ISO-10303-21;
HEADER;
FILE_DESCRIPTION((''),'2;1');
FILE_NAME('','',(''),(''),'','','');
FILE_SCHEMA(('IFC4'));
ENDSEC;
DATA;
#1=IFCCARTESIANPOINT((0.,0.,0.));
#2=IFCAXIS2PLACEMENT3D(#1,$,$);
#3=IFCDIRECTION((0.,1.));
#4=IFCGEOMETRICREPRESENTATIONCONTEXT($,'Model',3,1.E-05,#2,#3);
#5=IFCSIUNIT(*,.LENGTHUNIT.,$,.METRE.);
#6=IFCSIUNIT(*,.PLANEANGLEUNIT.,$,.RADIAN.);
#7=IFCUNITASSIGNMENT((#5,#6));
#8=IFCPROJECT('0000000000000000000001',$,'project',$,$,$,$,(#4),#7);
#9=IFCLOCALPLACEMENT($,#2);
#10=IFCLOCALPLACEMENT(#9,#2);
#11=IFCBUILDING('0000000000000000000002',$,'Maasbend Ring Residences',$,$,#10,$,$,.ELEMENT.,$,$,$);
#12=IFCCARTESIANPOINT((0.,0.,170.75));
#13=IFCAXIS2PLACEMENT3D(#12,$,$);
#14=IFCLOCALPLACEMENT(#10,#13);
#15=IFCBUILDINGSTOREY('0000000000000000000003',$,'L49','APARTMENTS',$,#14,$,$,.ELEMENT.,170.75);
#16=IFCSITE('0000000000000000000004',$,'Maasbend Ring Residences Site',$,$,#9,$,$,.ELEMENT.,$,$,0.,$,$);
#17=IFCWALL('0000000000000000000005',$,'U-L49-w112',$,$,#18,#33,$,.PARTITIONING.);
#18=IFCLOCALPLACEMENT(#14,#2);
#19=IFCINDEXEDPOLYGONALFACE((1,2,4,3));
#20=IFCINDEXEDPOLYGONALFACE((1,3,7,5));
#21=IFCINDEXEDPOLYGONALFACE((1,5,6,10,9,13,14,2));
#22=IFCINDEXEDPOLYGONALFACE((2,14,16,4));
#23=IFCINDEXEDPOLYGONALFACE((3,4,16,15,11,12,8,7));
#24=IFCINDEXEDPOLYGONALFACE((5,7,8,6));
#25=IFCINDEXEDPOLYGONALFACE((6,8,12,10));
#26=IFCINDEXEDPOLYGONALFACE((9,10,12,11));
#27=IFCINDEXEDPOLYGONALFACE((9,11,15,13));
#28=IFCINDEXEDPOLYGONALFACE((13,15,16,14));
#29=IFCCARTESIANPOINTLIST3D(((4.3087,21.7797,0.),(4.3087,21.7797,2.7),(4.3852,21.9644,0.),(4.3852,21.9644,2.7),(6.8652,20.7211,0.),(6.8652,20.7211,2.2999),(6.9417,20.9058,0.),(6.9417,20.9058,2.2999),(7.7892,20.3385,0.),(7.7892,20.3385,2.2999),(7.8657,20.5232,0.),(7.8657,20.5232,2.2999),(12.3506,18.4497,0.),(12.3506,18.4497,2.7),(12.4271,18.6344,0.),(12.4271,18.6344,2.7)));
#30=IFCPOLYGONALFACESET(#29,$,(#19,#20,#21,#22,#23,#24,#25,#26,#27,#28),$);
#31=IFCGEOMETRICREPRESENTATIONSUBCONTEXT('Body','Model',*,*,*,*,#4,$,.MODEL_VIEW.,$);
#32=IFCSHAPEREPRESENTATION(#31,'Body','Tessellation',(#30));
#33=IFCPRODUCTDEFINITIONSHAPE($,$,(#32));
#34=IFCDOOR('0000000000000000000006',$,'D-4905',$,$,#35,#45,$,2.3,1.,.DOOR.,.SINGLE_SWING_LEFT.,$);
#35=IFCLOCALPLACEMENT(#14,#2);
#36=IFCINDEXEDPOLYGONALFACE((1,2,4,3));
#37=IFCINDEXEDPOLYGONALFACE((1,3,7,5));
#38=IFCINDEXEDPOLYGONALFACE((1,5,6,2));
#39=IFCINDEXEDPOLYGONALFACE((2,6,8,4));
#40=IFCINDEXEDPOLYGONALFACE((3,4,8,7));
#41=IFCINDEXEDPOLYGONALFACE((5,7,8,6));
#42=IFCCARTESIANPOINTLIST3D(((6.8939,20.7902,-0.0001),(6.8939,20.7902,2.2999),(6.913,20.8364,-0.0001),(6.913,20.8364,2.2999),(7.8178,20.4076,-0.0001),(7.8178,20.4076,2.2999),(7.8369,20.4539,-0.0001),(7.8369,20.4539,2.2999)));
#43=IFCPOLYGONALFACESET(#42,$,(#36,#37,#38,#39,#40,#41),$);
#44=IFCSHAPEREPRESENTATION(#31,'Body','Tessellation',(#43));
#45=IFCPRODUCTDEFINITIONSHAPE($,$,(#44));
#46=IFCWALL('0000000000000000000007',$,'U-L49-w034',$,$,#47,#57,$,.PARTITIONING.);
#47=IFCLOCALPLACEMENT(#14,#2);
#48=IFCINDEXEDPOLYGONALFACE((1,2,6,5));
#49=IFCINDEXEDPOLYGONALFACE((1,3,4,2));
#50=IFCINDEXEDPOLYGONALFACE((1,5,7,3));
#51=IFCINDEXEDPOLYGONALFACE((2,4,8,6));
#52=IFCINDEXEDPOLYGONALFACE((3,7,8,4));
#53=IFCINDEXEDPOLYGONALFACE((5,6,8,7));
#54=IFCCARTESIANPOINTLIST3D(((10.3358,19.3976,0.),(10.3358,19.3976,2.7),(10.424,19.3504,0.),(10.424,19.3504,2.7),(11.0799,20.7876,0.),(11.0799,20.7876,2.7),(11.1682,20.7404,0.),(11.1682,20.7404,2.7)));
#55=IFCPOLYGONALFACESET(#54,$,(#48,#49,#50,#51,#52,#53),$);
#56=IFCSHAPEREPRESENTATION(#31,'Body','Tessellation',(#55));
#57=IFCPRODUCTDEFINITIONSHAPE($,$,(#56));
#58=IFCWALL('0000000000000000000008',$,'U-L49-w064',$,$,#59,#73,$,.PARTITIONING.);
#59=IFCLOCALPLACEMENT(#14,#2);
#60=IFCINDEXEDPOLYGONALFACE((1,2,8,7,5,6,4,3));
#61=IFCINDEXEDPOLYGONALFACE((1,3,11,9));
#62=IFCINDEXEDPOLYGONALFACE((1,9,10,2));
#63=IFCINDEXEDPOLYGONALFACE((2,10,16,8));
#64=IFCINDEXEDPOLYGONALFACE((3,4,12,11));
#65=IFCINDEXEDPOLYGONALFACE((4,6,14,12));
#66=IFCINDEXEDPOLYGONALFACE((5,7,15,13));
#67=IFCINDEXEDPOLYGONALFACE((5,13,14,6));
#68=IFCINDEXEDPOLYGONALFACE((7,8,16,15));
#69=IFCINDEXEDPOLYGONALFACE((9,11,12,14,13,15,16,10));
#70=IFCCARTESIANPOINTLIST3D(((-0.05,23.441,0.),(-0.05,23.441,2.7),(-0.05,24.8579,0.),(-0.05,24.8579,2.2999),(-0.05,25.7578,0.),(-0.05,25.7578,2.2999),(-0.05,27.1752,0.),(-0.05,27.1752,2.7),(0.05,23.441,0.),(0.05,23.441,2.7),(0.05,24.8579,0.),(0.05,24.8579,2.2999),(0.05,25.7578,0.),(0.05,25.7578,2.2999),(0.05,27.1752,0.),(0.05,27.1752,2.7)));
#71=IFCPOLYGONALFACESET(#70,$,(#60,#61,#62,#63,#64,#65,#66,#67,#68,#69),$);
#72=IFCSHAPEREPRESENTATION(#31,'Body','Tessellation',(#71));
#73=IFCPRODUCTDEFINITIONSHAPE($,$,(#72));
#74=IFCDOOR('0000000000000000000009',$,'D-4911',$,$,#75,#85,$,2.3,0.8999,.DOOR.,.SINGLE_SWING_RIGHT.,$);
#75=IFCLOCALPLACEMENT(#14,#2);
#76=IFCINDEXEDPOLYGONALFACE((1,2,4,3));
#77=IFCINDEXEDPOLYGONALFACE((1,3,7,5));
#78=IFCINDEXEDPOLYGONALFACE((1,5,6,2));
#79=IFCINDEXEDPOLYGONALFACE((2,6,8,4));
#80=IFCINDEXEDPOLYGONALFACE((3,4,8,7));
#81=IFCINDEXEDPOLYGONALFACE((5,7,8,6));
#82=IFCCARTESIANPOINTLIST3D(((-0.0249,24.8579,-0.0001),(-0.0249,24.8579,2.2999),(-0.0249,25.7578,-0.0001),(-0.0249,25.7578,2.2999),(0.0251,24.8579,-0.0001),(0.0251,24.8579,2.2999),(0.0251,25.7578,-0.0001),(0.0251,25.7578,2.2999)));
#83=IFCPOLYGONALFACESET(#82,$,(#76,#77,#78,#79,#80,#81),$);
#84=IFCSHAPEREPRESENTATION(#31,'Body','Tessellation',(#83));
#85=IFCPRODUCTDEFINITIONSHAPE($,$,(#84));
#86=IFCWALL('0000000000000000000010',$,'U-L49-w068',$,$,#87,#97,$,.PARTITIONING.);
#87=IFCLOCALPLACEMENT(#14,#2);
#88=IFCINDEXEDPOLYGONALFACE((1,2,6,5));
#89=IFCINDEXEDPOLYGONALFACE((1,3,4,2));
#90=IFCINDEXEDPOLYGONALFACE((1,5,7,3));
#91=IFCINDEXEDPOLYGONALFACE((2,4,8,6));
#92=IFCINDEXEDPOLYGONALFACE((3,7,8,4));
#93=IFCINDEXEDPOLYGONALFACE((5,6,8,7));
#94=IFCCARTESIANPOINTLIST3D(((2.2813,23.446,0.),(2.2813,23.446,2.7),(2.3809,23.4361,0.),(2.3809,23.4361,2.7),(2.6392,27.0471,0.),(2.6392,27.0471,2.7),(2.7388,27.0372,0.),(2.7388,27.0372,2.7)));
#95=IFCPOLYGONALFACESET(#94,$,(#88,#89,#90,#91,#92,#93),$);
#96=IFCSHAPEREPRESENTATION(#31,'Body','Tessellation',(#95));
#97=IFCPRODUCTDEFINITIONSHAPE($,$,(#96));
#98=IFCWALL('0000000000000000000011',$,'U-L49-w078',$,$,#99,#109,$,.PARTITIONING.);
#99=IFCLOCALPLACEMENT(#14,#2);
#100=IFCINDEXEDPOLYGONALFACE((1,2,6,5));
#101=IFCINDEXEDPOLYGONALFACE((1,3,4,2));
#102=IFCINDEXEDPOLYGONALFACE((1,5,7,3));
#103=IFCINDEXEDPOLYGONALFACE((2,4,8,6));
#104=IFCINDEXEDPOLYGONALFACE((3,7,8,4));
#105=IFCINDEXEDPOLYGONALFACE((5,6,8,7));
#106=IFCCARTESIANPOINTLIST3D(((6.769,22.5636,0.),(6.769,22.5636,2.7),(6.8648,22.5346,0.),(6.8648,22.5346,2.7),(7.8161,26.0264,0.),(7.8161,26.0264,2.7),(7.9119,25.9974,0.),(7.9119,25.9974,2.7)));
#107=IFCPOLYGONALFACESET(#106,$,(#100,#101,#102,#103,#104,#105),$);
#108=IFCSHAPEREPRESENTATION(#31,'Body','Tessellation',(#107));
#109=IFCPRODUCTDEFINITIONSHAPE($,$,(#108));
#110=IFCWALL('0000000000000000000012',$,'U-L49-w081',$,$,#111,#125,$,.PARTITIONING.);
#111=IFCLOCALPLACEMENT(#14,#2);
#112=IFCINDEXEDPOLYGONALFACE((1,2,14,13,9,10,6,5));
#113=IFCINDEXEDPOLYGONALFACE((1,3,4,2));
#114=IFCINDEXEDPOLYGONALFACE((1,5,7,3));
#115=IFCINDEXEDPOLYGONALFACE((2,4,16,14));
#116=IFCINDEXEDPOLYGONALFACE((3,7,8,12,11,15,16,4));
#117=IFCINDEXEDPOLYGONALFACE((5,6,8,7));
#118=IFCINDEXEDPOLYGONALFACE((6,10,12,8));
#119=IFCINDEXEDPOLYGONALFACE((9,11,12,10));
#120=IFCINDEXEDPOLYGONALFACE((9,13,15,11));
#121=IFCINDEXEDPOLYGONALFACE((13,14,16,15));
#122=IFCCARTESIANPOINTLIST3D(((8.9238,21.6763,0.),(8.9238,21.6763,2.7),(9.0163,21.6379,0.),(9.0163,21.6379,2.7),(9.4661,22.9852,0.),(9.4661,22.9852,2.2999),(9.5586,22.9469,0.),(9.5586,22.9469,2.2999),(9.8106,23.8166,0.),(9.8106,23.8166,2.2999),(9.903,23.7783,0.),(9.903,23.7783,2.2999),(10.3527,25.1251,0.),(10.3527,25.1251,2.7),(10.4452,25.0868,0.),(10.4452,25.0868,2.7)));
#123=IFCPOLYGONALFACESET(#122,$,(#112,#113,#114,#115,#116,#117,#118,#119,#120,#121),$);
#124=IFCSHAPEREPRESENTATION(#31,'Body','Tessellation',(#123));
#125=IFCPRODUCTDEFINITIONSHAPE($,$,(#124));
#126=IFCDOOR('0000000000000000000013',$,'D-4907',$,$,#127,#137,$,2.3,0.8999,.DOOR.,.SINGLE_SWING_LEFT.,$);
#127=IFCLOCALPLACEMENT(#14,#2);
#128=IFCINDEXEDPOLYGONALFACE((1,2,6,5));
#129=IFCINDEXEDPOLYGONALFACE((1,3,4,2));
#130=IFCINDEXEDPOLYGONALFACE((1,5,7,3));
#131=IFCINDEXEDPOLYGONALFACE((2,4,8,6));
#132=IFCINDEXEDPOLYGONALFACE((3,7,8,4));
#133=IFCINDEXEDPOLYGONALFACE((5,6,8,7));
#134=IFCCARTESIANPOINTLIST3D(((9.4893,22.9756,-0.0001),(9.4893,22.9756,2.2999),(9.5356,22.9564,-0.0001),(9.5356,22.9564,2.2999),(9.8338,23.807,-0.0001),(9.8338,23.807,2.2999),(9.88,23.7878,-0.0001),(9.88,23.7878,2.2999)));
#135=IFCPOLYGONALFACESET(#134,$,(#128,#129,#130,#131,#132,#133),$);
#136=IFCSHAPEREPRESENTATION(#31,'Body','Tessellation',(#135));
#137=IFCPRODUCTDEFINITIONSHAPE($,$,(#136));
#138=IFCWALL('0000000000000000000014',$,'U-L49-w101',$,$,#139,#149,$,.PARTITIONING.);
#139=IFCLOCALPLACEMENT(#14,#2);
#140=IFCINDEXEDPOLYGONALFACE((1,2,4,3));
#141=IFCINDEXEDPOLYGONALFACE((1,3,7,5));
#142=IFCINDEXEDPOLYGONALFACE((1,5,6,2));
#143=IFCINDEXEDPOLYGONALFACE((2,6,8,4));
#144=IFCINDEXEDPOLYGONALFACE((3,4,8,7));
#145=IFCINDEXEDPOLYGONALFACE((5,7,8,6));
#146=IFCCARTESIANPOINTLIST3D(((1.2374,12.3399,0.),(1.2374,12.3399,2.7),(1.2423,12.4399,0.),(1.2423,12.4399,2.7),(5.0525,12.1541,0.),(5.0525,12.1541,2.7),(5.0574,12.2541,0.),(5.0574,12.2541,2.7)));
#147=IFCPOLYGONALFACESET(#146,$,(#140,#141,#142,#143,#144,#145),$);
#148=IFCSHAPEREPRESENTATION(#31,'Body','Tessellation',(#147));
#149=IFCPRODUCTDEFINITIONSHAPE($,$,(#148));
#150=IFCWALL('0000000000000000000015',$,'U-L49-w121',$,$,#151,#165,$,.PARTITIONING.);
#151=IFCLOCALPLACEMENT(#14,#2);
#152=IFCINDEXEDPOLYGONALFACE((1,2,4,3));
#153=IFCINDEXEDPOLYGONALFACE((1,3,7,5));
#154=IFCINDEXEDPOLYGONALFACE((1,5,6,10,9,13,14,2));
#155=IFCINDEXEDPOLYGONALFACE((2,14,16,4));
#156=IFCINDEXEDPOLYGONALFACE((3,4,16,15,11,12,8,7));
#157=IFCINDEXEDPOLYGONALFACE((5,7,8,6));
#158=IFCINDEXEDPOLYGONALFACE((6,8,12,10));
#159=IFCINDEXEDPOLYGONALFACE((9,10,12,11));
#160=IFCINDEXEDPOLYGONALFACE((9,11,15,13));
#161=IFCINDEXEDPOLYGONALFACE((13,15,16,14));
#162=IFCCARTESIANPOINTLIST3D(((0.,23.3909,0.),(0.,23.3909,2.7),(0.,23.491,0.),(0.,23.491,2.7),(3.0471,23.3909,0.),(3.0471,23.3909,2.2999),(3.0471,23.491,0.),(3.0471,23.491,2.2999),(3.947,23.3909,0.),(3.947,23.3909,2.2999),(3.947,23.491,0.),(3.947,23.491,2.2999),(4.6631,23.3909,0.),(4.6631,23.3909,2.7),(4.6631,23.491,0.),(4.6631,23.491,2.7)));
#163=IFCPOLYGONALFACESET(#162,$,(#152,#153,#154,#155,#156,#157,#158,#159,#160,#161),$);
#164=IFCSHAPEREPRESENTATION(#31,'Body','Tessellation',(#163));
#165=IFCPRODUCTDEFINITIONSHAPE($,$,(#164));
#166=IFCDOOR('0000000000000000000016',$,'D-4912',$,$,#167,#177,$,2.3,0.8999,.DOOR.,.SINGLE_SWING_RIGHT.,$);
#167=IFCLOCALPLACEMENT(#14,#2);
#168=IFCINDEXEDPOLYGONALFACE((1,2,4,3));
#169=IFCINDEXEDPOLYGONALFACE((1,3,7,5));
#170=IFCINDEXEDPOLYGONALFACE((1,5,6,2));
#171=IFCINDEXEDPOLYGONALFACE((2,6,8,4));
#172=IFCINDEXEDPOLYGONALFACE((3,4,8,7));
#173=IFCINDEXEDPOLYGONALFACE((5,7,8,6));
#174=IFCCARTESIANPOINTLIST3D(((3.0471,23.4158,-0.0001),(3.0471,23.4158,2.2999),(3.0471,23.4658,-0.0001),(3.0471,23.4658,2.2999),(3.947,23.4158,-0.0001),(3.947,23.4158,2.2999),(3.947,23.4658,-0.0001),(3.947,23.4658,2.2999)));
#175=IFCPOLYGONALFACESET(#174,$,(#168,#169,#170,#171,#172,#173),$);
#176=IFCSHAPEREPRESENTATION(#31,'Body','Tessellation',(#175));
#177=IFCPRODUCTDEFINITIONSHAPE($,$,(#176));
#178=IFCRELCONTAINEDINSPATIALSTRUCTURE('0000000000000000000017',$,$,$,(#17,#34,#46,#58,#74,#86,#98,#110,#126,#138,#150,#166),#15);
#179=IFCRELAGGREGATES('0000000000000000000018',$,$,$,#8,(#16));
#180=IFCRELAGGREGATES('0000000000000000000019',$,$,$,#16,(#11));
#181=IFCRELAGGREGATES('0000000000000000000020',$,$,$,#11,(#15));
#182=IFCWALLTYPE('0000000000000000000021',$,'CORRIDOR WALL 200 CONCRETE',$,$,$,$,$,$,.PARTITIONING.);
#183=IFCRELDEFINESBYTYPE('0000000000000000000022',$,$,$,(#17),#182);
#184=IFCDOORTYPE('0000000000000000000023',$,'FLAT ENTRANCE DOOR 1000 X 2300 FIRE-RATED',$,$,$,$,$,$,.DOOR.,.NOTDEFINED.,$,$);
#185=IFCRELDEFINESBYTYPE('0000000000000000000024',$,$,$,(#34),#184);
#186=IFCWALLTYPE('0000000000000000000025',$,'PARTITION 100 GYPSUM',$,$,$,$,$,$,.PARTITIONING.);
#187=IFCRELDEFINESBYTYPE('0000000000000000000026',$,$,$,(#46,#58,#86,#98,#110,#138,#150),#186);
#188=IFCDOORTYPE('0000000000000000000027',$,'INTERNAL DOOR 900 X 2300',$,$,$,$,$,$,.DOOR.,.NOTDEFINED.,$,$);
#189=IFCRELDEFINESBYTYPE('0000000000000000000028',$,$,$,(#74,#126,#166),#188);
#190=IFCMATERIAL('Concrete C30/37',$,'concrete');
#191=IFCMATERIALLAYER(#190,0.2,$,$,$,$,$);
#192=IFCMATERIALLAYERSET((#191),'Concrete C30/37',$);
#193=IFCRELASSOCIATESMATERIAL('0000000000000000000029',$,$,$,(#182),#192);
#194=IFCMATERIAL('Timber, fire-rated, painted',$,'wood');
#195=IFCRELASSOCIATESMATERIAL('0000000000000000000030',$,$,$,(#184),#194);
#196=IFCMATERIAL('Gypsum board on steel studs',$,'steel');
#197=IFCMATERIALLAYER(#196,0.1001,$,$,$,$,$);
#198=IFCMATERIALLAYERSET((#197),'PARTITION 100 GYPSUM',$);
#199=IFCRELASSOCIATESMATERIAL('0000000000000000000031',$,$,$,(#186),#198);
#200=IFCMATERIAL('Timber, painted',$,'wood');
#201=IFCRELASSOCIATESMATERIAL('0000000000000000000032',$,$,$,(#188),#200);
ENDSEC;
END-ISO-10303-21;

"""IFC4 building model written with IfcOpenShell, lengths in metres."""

from ifc_helpers import new_model, si_unit, direction, frame, frame_2d, origin, place, context, subcontext, project, spatial, rectangle, extrude, material, layer, layer_set, type_object, element, fill, save


model = new_model("IFC4")

# Units and contexts
model_context = context("Model", 3, precision=1e-05, world=origin(), true_north=direction((0.0, 1.0)))
body_context = subcontext(model_context, "Body", "Model", "MODEL_VIEW")
ifc_project = project(units=[si_unit("LENGTHUNIT", "METRE"), si_unit("PLANEANGLEUNIT", "RADIAN")], contexts=[model_context])

# Site, building, storey
site_placement = place(None, origin())
site = spatial("IfcSite", under=ifc_project, at=site_placement, Name="Maasbend Ring Residences Site", CompositionType="ELEMENT", RefElevation=0.0)
building_placement = place(site_placement, origin())
building = spatial("IfcBuilding", under=site, at=building_placement, Name="Maasbend Ring Residences", CompositionType="ELEMENT")
storey_placement = place(building_placement, frame((0.0, 0.0, 170.75)))
storey = spatial("IfcBuildingStorey", under=building, at=storey_placement, Name="L49", Description="APARTMENTS", CompositionType="ELEMENT", Elevation=170.75)

# Wall, opening, door
ifc_material_1 = material(Name="Concrete C30/37", Category="concrete")
ifc_layer_1 = layer(ifc_material_1, 0.2)
ifc_layer_set_1 = layer_set([ifc_layer_1], Name="Concrete C30/37")
wall_type_1 = type_object("IfcWallType", Name="CORRIDOR WALL 200 CONCRETE", PredefinedType="PARTITIONING", material=ifc_layer_set_1)
ifc_material_2 = material(Name="Timber, fire-rated, painted", Category="wood")
door_type_1 = type_object("IfcDoorType", Name="FLAT ENTRANCE DOOR 1000 X 2300 FIRE-RATED", OperationType="NOTDEFINED", PredefinedType="DOOR", material=ifc_material_2)
wall_1_placement = place(storey_placement, frame((4.3469, 21.8721, 0.0), z_axis=(0.0, 0.0, 1.0), x_axis=(0.923921, -0.382583, 0.0)))
wall_1 = element("IfcWall", 1, at=wall_1_placement, inside=storey, type_object=wall_type_1, Name="U-L49-w112", PredefinedType="PARTITIONING", context=body_context, shape_type="SweptSolid", body=[
    extrude(rectangle(XDim=8.7041, YDim=0.2, at=frame_2d((4.3521, 0.0))), origin(), (0.0, 0.0, 1.0), 2.7),
])
opening_1_placement = place(wall_1_placement, frame((2.7671, 0.0, 0.0)))
opening_1 = element("IfcOpeningElement", 2, at=opening_1_placement, cuts=wall_1, PredefinedType="OPENING", context=body_context, shape_type="SweptSolid", body=[
    extrude(rectangle(XDim=1.0, YDim=2.3, at=frame_2d((0.5, 1.1499))), frame((0.0, 0.1099, 0.0), z_axis=(0.0, -1.0, 0.0), x_axis=(1.0, 0.0, 0.0)), (0.0, 0.0, 1.0), 0.22),
])
door_1_placement = place(opening_1_placement, origin())
door_1 = element("IfcDoor", 3, at=door_1_placement, inside=storey, type_object=door_type_1, Name="D-4905", OperationType="SINGLE_SWING_LEFT", OverallHeight=2.3, OverallWidth=1.0, PredefinedType="DOOR", context=body_context, shape_type="SweptSolid", body=[
    extrude(rectangle(XDim=1.0, YDim=2.3, at=frame_2d((0.5, 1.1499))), frame((0.0, 0.0249, 0.0), z_axis=(0.0, -1.0, 0.0), x_axis=(1.0, 0.0, 0.0)), (0.0, 0.0, 1.0), 0.05),
])
fill(opening_1, door_1)

# Wall
ifc_material_3 = material(Name="Gypsum board on steel studs", Category="steel")
ifc_layer_2 = layer(ifc_material_3, 0.1001)
ifc_layer_set_2 = layer_set([ifc_layer_2], Name="PARTITION 100 GYPSUM")
wall_type_2 = type_object("IfcWallType", Name="PARTITION 100 GYPSUM", PredefinedType="PARTITIONING", material=ifc_layer_set_2)
wall_2_placement = place(storey_placement, frame((10.3799, 19.374, 0.0), z_axis=(0.0, 0.0, 1.0), x_axis=(0.472002, 0.881597, 0.0)))
element("IfcWall", 4, at=wall_2_placement, inside=storey, type_object=wall_type_2, Name="U-L49-w034", PredefinedType="PARTITIONING", context=body_context, shape_type="SweptSolid", body=[
    extrude(rectangle(XDim=1.5767, YDim=0.1001, at=frame_2d((0.7883, 0.0))), origin(), (0.0, 0.0, 1.0), 2.7),
])

# Wall, opening, door
wall_3_placement = place(storey_placement, frame((0.0, 23.4409, 0.0), z_axis=(0.0, 0.0, 1.0), x_axis=(0.0, 1.0, 0.0)))
wall_3 = element("IfcWall", 5, at=wall_3_placement, inside=storey, type_object=wall_type_2, Name="U-L49-w064", PredefinedType="PARTITIONING", context=body_context, shape_type="SweptSolid", body=[
    extrude(rectangle(XDim=3.7341, YDim=0.1001, at=frame_2d((1.8672, 0.0))), origin(), (0.0, 0.0, 1.0), 2.7),
])
opening_2_placement = place(wall_3_placement, frame((1.417, 0.0, 0.0)))
opening_2 = element("IfcOpeningElement", 6, at=opening_2_placement, cuts=wall_3, PredefinedType="OPENING", context=body_context, shape_type="SweptSolid", body=[
    extrude(rectangle(XDim=0.8999, YDim=2.3, at=frame_2d((0.45, 1.1499))), frame((0.0, 0.0601, 0.0), z_axis=(0.0, -1.0, 0.0), x_axis=(1.0, 0.0, 0.0)), (0.0, 0.0, 1.0), 0.1201),
])
ifc_material_4 = material(Name="Timber, painted", Category="wood")
door_type_2 = type_object("IfcDoorType", Name="INTERNAL DOOR 900 X 2300", OperationType="NOTDEFINED", PredefinedType="DOOR", material=ifc_material_4)
door_2_placement = place(opening_2_placement, origin())
door_2 = element("IfcDoor", 7, at=door_2_placement, inside=storey, type_object=door_type_2, Name="D-4911", OperationType="SINGLE_SWING_RIGHT", OverallHeight=2.3, OverallWidth=0.8999, PredefinedType="DOOR", context=body_context, shape_type="SweptSolid", body=[
    extrude(rectangle(XDim=0.8999, YDim=2.3, at=frame_2d((0.45, 1.1499))), frame((0.0, 0.0249, 0.0), z_axis=(0.0, -1.0, 0.0), x_axis=(1.0, 0.0, 0.0)), (0.0, 0.0, 1.0), 0.05),
])
fill(opening_2, door_2)

# Walls
wall_4_placement = place(storey_placement, frame((2.3311, 23.4409, 0.0), z_axis=(0.0, 0.0, 1.0), x_axis=(0.098903, 0.995097, 0.0)))
element("IfcWall", 8, at=wall_4_placement, inside=storey, type_object=wall_type_2, Name="U-L49-w068", PredefinedType="PARTITIONING", context=body_context, shape_type="SweptSolid", body=[
    extrude(rectangle(XDim=3.6189, YDim=0.1001, at=frame_2d((1.8096, 0.0))), origin(), (0.0, 0.0, 1.0), 2.7),
])
wall_5_placement = place(storey_placement, frame((6.8169, 22.5491, 0.0), z_axis=(0.0, 0.0, 1.0), x_axis=(0.28944, 0.957196, 0.0)))
element("IfcWall", 9, at=wall_5_placement, inside=storey, type_object=wall_type_2, Name="U-L49-w078", PredefinedType="PARTITIONING", context=body_context, shape_type="SweptSolid", body=[
    extrude(rectangle(XDim=3.6177, YDim=0.1001, at=frame_2d((1.8088, 0.0))), origin(), (0.0, 0.0, 1.0), 2.7),
])

# Wall, opening, door
wall_6_placement = place(storey_placement, frame((8.97, 21.657, 0.0), z_axis=(0.0, 0.0, 1.0), x_axis=(0.382762, 0.923847, 0.0)))
wall_6 = element("IfcWall", 10, at=wall_6_placement, inside=storey, type_object=wall_type_2, Name="U-L49-w081", PredefinedType="PARTITIONING", context=body_context, shape_type="SweptSolid", body=[
    extrude(rectangle(XDim=3.7332, YDim=0.1001, at=frame_2d((1.8667, 0.0))), origin(), (0.0, 0.0, 1.0), 2.7),
])
opening_3_placement = place(wall_6_placement, frame((1.417, 0.0, 0.0)))
opening_3 = element("IfcOpeningElement", 11, at=opening_3_placement, cuts=wall_6, PredefinedType="OPENING", context=body_context, shape_type="SweptSolid", body=[
    extrude(rectangle(XDim=0.8999, YDim=2.3, at=frame_2d((0.45, 1.1499))), frame((0.0, 0.0601, 0.0), z_axis=(0.0, -1.0, 0.0), x_axis=(1.0, 0.0, 0.0)), (0.0, 0.0, 1.0), 0.1201),
])
door_3_placement = place(opening_3_placement, origin())
door_3 = element("IfcDoor", 12, at=door_3_placement, inside=storey, type_object=door_type_2, Name="D-4907", OperationType="SINGLE_SWING_LEFT", OverallHeight=2.3, OverallWidth=0.8999, PredefinedType="DOOR", context=body_context, shape_type="SweptSolid", body=[
    extrude(rectangle(XDim=0.8999, YDim=2.3, at=frame_2d((0.45, 1.1499))), frame((0.0, 0.0249, 0.0), z_axis=(0.0, -1.0, 0.0), x_axis=(1.0, 0.0, 0.0)), (0.0, 0.0, 1.0), 0.05),
])
fill(opening_3, door_3)

# Wall
wall_7_placement = place(storey_placement, frame((1.24, 12.3899, 0.0), z_axis=(0.0, 0.0, 1.0), x_axis=(0.998816, -0.048643, 0.0)))
element("IfcWall", 13, at=wall_7_placement, inside=storey, type_object=wall_type_2, Name="U-L49-w101", PredefinedType="PARTITIONING", context=body_context, shape_type="SweptSolid", body=[
    extrude(rectangle(XDim=3.8196, YDim=0.1001, at=frame_2d((1.9097, 0.0))), origin(), (0.0, 0.0, 1.0), 2.7),
])

# Wall, opening, door
wall_8_placement = place(storey_placement, frame((0.0, 23.4409, 0.0), z_axis=(0.0, 0.0, 1.0), x_axis=(1.0, 0.0, 0.0)))
wall_8 = element("IfcWall", 14, at=wall_8_placement, inside=storey, type_object=wall_type_2, Name="U-L49-w121", PredefinedType="PARTITIONING", context=body_context, shape_type="SweptSolid", body=[
    extrude(rectangle(XDim=4.6631, YDim=0.1001, at=frame_2d((2.3315, 0.0))), origin(), (0.0, 0.0, 1.0), 2.7),
])
opening_4_placement = place(wall_8_placement, frame((3.0471, 0.0, 0.0)))
opening_4 = element("IfcOpeningElement", 15, at=opening_4_placement, cuts=wall_8, PredefinedType="OPENING", context=body_context, shape_type="SweptSolid", body=[
    extrude(rectangle(XDim=0.8999, YDim=2.3, at=frame_2d((0.45, 1.1499))), frame((0.0, 0.0601, 0.0), z_axis=(0.0, -1.0, 0.0), x_axis=(1.0, 0.0, 0.0)), (0.0, 0.0, 1.0), 0.1201),
])
door_4_placement = place(opening_4_placement, origin())
door_4 = element("IfcDoor", 16, at=door_4_placement, inside=storey, type_object=door_type_2, Name="D-4912", OperationType="SINGLE_SWING_RIGHT", OverallHeight=2.3, OverallWidth=0.8999, PredefinedType="DOOR", context=body_context, shape_type="SweptSolid", body=[
    extrude(rectangle(XDim=0.8999, YDim=2.3, at=frame_2d((0.45, 1.1499))), frame((0.0, 0.0249, 0.0), z_axis=(0.0, -1.0, 0.0), x_axis=(1.0, 0.0, 0.0)), (0.0, 0.0, 1.0), 0.05),
])
fill(opening_4, door_4)

save(model, "model.ifc")
